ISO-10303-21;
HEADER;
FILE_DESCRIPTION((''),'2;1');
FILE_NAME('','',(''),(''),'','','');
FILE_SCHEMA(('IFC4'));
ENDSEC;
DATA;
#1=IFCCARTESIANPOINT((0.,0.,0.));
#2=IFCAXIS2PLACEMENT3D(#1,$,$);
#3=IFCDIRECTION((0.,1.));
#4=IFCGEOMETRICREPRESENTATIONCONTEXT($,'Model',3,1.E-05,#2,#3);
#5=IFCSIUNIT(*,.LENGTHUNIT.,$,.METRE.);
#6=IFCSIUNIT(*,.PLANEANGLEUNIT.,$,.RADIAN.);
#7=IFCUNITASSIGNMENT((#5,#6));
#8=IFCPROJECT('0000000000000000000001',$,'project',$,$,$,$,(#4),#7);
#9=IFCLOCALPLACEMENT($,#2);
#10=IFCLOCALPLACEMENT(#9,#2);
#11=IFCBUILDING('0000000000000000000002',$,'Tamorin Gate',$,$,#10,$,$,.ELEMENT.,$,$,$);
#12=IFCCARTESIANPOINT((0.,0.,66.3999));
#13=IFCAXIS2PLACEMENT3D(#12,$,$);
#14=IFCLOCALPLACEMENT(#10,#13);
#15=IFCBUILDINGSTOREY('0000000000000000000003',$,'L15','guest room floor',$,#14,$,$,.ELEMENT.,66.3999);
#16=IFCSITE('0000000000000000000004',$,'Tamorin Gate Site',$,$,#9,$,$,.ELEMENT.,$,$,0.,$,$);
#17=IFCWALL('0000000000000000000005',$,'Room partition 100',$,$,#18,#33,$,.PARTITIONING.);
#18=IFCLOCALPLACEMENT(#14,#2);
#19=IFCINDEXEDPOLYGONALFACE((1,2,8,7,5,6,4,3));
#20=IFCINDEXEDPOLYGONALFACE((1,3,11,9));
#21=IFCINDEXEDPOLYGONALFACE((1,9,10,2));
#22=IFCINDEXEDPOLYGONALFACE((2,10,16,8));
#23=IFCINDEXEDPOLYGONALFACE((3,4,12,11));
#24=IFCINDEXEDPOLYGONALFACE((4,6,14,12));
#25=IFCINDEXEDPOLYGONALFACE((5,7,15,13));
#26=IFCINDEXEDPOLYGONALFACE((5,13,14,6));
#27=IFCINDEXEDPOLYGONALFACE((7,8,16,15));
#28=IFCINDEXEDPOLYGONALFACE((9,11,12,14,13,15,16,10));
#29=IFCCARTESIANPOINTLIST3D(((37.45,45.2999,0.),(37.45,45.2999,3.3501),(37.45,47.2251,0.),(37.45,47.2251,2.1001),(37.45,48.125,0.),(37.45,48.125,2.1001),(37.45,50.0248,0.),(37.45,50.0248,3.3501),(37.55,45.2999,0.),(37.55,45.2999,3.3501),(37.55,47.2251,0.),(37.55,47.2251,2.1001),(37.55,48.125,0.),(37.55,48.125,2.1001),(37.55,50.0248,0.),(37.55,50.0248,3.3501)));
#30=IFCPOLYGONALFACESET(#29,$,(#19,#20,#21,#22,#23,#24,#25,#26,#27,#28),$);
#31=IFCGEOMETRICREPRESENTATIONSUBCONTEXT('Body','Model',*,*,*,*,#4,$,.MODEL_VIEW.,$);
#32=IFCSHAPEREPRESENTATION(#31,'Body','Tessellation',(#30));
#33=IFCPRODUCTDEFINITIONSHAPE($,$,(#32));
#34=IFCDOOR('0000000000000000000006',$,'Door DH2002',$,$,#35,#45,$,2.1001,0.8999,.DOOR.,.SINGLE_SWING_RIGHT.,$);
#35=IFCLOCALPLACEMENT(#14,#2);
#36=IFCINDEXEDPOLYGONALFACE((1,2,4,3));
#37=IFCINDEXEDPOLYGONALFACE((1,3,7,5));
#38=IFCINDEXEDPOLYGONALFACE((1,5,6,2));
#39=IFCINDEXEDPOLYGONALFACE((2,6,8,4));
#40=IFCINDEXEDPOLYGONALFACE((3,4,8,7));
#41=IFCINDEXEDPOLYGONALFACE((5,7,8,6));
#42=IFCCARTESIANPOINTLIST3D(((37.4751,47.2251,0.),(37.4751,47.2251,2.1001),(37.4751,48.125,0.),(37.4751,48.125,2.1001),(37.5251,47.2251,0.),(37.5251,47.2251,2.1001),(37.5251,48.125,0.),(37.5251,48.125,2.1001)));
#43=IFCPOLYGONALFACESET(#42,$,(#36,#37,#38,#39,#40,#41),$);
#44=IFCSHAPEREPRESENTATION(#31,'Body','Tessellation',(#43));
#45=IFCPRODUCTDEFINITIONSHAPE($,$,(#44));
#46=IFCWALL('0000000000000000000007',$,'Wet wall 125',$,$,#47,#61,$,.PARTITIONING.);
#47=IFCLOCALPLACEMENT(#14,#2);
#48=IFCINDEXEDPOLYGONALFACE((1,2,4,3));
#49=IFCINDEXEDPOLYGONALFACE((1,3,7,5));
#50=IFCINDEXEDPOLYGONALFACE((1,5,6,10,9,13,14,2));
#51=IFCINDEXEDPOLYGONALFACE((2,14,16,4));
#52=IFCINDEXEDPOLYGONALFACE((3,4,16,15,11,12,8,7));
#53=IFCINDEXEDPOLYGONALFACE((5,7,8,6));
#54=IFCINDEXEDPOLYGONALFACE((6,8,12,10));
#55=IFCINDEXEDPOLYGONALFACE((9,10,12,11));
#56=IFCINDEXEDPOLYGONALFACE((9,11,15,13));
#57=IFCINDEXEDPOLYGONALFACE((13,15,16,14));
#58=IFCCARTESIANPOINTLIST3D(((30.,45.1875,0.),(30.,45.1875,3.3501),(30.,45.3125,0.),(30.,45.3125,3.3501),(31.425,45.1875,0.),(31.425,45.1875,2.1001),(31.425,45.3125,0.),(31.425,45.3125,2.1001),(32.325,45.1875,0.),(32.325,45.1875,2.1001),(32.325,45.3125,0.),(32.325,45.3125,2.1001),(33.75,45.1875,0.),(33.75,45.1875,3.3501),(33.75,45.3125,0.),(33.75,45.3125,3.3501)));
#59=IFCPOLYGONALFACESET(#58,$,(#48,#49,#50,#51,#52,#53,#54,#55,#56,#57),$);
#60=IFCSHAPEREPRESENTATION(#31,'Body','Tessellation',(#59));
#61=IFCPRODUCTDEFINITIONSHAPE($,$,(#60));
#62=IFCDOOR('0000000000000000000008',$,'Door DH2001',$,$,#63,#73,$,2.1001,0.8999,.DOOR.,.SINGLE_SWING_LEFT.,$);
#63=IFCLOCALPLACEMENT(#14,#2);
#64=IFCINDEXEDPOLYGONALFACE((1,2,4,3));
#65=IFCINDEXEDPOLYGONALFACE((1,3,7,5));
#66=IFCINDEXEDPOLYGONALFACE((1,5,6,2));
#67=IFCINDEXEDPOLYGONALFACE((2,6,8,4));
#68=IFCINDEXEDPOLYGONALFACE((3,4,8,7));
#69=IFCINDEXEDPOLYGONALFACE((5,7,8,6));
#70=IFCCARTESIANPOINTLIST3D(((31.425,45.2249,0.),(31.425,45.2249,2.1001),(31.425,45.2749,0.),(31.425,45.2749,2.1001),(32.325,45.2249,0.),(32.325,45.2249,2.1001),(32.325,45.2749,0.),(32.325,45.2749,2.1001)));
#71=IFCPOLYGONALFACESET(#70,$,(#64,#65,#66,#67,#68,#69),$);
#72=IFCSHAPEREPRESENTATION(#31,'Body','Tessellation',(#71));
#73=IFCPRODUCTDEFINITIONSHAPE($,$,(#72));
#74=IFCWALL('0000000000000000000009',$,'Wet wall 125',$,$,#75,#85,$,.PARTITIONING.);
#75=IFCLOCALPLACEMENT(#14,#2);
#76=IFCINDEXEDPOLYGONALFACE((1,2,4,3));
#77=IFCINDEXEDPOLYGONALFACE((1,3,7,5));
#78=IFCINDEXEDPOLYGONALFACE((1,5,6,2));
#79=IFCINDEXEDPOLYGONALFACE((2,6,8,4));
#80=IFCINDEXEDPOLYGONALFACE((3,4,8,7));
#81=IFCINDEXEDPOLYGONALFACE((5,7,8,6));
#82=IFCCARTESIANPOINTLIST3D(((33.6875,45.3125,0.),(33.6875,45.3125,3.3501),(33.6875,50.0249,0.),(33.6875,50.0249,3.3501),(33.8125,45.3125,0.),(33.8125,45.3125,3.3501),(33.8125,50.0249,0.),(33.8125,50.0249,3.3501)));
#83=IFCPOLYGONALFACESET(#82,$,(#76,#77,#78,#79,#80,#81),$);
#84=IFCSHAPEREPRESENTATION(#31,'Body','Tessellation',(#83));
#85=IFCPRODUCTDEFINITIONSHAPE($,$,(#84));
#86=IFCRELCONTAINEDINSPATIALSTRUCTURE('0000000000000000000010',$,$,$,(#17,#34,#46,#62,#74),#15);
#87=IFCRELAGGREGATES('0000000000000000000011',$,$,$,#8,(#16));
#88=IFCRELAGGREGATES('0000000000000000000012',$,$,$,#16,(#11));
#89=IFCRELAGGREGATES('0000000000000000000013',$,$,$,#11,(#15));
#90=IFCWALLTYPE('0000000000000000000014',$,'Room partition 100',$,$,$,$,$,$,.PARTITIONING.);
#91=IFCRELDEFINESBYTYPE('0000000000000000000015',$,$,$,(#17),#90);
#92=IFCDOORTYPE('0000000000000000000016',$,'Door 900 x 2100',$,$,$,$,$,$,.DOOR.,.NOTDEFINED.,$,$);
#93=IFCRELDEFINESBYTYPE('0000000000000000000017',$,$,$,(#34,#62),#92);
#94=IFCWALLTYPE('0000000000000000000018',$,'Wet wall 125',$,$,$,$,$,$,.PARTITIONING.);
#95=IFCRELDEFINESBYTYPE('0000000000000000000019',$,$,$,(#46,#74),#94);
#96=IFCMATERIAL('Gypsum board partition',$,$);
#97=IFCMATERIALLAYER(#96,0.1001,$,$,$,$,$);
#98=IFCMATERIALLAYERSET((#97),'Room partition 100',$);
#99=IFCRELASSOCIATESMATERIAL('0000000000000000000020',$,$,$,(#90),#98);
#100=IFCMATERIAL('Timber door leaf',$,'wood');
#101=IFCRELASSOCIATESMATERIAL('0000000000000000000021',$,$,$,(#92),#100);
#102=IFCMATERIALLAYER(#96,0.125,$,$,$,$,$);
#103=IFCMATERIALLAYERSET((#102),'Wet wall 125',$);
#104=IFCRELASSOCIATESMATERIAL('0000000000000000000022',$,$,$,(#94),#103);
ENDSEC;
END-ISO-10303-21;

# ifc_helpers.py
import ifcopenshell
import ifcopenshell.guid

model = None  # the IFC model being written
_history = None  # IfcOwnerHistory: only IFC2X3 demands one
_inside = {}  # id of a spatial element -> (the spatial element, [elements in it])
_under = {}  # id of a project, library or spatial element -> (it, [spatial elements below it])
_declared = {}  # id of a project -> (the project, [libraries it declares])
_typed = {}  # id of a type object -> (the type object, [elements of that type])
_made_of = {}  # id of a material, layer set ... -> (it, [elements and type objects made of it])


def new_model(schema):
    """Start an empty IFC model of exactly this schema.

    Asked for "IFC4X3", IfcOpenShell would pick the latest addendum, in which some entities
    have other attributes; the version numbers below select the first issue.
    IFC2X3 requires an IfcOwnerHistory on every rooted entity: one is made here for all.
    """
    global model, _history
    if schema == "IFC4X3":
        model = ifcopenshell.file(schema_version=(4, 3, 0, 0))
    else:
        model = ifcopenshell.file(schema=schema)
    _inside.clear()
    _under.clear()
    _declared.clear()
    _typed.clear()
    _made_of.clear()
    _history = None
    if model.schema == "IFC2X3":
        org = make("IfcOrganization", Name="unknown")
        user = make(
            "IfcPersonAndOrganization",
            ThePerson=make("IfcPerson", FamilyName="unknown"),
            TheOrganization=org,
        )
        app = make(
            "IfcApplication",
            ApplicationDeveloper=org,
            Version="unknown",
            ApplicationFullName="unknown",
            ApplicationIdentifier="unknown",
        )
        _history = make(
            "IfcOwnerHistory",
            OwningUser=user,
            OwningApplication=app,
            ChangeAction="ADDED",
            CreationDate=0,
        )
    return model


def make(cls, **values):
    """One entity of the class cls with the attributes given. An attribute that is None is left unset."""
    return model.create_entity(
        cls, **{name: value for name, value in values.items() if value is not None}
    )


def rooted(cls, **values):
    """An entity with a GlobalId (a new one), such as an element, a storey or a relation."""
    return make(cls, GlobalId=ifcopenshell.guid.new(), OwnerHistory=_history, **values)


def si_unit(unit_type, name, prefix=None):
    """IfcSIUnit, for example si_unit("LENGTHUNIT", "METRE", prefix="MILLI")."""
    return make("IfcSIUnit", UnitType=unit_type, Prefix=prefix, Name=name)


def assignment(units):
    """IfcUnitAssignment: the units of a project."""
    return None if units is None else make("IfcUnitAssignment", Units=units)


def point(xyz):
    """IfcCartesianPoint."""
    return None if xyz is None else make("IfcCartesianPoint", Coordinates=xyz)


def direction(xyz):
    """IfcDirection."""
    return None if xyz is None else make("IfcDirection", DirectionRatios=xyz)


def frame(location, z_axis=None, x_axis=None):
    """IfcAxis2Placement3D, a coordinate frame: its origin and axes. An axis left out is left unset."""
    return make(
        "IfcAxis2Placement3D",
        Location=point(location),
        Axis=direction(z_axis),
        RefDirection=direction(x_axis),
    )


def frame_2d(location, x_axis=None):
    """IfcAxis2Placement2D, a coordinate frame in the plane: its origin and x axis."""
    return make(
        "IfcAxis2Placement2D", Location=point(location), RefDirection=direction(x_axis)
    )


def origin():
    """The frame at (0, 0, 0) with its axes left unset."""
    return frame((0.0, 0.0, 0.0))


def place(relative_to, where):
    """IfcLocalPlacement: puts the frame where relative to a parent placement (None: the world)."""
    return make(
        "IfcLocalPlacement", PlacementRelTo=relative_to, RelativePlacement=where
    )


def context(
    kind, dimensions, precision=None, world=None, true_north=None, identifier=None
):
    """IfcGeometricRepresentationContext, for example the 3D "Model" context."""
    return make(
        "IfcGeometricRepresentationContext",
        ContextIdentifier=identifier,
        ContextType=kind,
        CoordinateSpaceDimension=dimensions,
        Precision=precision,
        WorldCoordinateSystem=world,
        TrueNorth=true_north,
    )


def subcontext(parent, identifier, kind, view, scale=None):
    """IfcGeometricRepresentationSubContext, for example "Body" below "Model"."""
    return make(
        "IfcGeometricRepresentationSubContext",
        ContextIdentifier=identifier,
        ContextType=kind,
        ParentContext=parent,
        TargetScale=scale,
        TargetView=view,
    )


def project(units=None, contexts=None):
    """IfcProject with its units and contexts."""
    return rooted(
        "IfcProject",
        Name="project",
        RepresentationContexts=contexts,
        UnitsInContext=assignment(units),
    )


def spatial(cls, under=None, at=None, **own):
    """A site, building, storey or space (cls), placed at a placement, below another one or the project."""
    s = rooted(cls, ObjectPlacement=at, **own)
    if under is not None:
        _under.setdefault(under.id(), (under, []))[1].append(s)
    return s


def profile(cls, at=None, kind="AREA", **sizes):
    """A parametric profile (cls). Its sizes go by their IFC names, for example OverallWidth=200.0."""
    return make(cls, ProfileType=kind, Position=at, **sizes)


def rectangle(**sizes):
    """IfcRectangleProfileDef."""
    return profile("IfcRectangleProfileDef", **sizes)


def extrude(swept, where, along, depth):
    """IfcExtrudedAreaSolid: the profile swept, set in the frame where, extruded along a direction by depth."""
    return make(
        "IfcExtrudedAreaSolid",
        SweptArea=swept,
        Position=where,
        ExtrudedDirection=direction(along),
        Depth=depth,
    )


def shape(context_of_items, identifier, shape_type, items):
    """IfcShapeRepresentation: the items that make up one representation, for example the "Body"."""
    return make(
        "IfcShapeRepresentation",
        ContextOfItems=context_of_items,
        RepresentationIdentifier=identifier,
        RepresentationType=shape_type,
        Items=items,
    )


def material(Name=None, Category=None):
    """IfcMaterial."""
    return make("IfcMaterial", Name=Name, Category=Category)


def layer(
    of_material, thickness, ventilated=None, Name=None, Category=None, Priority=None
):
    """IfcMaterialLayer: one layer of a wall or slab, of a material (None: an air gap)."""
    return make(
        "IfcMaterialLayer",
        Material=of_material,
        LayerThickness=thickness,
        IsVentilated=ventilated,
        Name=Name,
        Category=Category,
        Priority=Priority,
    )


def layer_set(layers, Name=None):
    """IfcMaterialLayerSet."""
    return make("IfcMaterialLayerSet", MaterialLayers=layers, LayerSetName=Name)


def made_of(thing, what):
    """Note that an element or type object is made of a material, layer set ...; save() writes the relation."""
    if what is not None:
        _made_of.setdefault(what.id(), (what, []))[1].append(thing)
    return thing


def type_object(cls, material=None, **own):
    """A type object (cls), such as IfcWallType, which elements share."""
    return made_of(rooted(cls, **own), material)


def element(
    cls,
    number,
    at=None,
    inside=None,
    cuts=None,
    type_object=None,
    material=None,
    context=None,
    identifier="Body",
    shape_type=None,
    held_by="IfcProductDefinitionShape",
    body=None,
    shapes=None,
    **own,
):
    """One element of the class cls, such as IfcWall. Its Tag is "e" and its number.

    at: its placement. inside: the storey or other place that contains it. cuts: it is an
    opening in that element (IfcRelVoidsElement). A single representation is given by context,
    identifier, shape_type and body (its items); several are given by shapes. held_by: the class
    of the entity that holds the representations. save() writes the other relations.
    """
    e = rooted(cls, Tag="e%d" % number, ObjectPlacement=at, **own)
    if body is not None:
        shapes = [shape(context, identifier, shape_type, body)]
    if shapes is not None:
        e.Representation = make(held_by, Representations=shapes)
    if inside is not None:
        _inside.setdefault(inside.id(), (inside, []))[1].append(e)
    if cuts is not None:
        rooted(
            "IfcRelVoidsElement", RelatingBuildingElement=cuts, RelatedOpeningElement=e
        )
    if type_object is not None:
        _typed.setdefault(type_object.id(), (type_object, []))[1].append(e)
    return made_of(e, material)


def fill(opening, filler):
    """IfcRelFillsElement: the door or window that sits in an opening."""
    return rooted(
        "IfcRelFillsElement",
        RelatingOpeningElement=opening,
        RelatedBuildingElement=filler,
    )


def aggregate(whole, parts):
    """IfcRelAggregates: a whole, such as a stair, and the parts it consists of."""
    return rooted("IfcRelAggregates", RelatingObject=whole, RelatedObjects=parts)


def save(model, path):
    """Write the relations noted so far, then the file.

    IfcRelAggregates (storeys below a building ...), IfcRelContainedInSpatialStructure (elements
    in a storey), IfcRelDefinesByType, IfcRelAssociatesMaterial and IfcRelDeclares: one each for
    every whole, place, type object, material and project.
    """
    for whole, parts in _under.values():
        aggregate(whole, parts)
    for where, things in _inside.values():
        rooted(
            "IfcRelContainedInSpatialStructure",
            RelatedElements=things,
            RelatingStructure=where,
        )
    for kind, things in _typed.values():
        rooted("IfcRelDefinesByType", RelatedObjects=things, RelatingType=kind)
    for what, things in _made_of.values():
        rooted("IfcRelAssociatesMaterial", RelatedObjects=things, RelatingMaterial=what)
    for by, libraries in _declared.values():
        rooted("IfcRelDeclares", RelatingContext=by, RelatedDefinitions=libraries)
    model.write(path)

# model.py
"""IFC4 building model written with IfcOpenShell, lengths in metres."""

from ifc_helpers import new_model, si_unit, direction, frame, frame_2d, origin, place, context, subcontext, project, spatial, rectangle, extrude, material, layer, layer_set, type_object, element, fill, save


model = new_model("IFC4")

# Units and contexts
model_context = context("Model", 3, precision=1e-05, world=origin(), true_north=direction((0.0, 1.0)))
body_context = subcontext(model_context, "Body", "Model", "MODEL_VIEW")
ifc_project = project(units=[si_unit("LENGTHUNIT", "METRE"), si_unit("PLANEANGLEUNIT", "RADIAN")], contexts=[model_context])

# Site, building, storey
site_placement = place(None, origin())
site = spatial("IfcSite", under=ifc_project, at=site_placement, Name="Tamorin Gate Site", CompositionType="ELEMENT", RefElevation=0.0)
building_placement = place(site_placement, origin())
building = spatial("IfcBuilding", under=site, at=building_placement, Name="Tamorin Gate", CompositionType="ELEMENT")
storey_placement = place(building_placement, frame((0.0, 0.0, 66.3999)))
storey = spatial("IfcBuildingStorey", under=building, at=storey_placement, Name="L15", Description="guest room floor", CompositionType="ELEMENT", Elevation=66.3999)

# Walls, openings, doors
ifc_material_1 = material(Name="Gypsum board partition")
ifc_layer_1 = layer(ifc_material_1, 0.1001)
ifc_layer_set_1 = layer_set([ifc_layer_1], Name="Room partition 100")
wall_type_1 = type_object("IfcWallType", Name="Room partition 100", PredefinedType="PARTITIONING", material=ifc_layer_set_1)
ifc_material_2 = material(Name="Timber door leaf", Category="wood")
door_type = type_object("IfcDoorType", Name="Door 900 x 2100", OperationType="NOTDEFINED", PredefinedType="DOOR", material=ifc_material_2)
wall_1_placement = place(storey_placement, frame((37.5, 45.3, 0.0), z_axis=(0.0, 0.0, 1.0), x_axis=(0.0, 1.0, 0.0)))
wall_1 = element("IfcWall", 1, at=wall_1_placement, inside=storey, type_object=wall_type_1, Name="Room partition 100", PredefinedType="PARTITIONING", context=body_context, shape_type="SweptSolid", body=[
    extrude(rectangle(XDim=4.7249, YDim=0.1001, at=frame_2d((2.3623, 0.0))), origin(), (0.0, 0.0, 1.0), 3.3501),
])
opening_1_placement = place(wall_1_placement, frame((1.925, 0.0, 0.0)))
opening_1 = element("IfcOpeningElement", 2, at=opening_1_placement, cuts=wall_1, PredefinedType="OPENING", context=body_context, shape_type="SweptSolid", body=[
    extrude(rectangle(XDim=0.8999, YDim=2.1001, at=frame_2d((0.45, 1.05))), frame((0.0, 0.0601, 0.0), z_axis=(0.0, -1.0, 0.0), x_axis=(1.0, 0.0, 0.0)), (0.0, 0.0, 1.0), 0.1201),
])
door_1_placement = place(opening_1_placement, origin())
door_1 = element("IfcDoor", 3, at=door_1_placement, inside=storey, type_object=door_type, Name="Door DH2002", OperationType="SINGLE_SWING_RIGHT", OverallHeight=2.1001, OverallWidth=0.8999, PredefinedType="DOOR", context=body_context, shape_type="SweptSolid", body=[
    extrude(rectangle(XDim=0.8999, YDim=2.1001, at=frame_2d((0.45, 1.05))), frame((0.0, 0.0249, 0.0), z_axis=(0.0, -1.0, 0.0), x_axis=(1.0, 0.0, 0.0)), (0.0, 0.0, 1.0), 0.05),
])
fill(opening_1, door_1)
ifc_layer_2 = layer(ifc_material_1, 0.125)
ifc_layer_set_2 = layer_set([ifc_layer_2], Name="Wet wall 125")
wall_type_2 = type_object("IfcWallType", Name="Wet wall 125", PredefinedType="PARTITIONING", material=ifc_layer_set_2)
wall_2_placement = place(storey_placement, frame((30.0, 45.25, 0.0), z_axis=(0.0, 0.0, 1.0), x_axis=(1.0, 0.0, 0.0)))
wall_2 = element("IfcWall", 4, at=wall_2_placement, inside=storey, type_object=wall_type_2, Name="Wet wall 125", PredefinedType="PARTITIONING", context=body_context, shape_type="SweptSolid", body=[
    extrude(rectangle(XDim=3.75, YDim=0.125, at=frame_2d((1.875, 0.0))), origin(), (0.0, 0.0, 1.0), 3.3501),
])
opening_2_placement = place(wall_2_placement, frame((1.425, 0.0, 0.0)))
opening_2 = element("IfcOpeningElement", 5, at=opening_2_placement, cuts=wall_2, PredefinedType="OPENING", context=body_context, shape_type="SweptSolid", body=[
    extrude(rectangle(XDim=0.8999, YDim=2.1001, at=frame_2d((0.45, 1.05))), frame((0.0, 0.0725, 0.0), z_axis=(0.0, -1.0, 0.0), x_axis=(1.0, 0.0, 0.0)), (0.0, 0.0, 1.0), 0.145),
])
door_2_placement = place(opening_2_placement, origin())
door_2 = element("IfcDoor", 6, at=door_2_placement, inside=storey, type_object=door_type, Name="Door DH2001", OperationType="SINGLE_SWING_LEFT", OverallHeight=2.1001, OverallWidth=0.8999, PredefinedType="DOOR", context=body_context, shape_type="SweptSolid", body=[
    extrude(rectangle(XDim=0.8999, YDim=2.1001, at=frame_2d((0.45, 1.05))), frame((0.0, 0.0249, 0.0), z_axis=(0.0, -1.0, 0.0), x_axis=(1.0, 0.0, 0.0)), (0.0, 0.0, 1.0), 0.05),
])
fill(opening_2, door_2)

# Wall
wall_3_placement = place(storey_placement, frame((33.75, 45.3125, 0.0), z_axis=(0.0, 0.0, 1.0), x_axis=(0.0, 1.0, 0.0)))
element("IfcWall", 7, at=wall_3_placement, inside=storey, type_object=wall_type_2, Name="Wet wall 125", PredefinedType="PARTITIONING", context=body_context, shape_type="SweptSolid", body=[
    extrude(rectangle(XDim=4.7124, YDim=0.125, at=frame_2d((2.3562, 0.0))), origin(), (0.0, 0.0, 1.0), 3.3501),
])

save(model, "model.ifc")
